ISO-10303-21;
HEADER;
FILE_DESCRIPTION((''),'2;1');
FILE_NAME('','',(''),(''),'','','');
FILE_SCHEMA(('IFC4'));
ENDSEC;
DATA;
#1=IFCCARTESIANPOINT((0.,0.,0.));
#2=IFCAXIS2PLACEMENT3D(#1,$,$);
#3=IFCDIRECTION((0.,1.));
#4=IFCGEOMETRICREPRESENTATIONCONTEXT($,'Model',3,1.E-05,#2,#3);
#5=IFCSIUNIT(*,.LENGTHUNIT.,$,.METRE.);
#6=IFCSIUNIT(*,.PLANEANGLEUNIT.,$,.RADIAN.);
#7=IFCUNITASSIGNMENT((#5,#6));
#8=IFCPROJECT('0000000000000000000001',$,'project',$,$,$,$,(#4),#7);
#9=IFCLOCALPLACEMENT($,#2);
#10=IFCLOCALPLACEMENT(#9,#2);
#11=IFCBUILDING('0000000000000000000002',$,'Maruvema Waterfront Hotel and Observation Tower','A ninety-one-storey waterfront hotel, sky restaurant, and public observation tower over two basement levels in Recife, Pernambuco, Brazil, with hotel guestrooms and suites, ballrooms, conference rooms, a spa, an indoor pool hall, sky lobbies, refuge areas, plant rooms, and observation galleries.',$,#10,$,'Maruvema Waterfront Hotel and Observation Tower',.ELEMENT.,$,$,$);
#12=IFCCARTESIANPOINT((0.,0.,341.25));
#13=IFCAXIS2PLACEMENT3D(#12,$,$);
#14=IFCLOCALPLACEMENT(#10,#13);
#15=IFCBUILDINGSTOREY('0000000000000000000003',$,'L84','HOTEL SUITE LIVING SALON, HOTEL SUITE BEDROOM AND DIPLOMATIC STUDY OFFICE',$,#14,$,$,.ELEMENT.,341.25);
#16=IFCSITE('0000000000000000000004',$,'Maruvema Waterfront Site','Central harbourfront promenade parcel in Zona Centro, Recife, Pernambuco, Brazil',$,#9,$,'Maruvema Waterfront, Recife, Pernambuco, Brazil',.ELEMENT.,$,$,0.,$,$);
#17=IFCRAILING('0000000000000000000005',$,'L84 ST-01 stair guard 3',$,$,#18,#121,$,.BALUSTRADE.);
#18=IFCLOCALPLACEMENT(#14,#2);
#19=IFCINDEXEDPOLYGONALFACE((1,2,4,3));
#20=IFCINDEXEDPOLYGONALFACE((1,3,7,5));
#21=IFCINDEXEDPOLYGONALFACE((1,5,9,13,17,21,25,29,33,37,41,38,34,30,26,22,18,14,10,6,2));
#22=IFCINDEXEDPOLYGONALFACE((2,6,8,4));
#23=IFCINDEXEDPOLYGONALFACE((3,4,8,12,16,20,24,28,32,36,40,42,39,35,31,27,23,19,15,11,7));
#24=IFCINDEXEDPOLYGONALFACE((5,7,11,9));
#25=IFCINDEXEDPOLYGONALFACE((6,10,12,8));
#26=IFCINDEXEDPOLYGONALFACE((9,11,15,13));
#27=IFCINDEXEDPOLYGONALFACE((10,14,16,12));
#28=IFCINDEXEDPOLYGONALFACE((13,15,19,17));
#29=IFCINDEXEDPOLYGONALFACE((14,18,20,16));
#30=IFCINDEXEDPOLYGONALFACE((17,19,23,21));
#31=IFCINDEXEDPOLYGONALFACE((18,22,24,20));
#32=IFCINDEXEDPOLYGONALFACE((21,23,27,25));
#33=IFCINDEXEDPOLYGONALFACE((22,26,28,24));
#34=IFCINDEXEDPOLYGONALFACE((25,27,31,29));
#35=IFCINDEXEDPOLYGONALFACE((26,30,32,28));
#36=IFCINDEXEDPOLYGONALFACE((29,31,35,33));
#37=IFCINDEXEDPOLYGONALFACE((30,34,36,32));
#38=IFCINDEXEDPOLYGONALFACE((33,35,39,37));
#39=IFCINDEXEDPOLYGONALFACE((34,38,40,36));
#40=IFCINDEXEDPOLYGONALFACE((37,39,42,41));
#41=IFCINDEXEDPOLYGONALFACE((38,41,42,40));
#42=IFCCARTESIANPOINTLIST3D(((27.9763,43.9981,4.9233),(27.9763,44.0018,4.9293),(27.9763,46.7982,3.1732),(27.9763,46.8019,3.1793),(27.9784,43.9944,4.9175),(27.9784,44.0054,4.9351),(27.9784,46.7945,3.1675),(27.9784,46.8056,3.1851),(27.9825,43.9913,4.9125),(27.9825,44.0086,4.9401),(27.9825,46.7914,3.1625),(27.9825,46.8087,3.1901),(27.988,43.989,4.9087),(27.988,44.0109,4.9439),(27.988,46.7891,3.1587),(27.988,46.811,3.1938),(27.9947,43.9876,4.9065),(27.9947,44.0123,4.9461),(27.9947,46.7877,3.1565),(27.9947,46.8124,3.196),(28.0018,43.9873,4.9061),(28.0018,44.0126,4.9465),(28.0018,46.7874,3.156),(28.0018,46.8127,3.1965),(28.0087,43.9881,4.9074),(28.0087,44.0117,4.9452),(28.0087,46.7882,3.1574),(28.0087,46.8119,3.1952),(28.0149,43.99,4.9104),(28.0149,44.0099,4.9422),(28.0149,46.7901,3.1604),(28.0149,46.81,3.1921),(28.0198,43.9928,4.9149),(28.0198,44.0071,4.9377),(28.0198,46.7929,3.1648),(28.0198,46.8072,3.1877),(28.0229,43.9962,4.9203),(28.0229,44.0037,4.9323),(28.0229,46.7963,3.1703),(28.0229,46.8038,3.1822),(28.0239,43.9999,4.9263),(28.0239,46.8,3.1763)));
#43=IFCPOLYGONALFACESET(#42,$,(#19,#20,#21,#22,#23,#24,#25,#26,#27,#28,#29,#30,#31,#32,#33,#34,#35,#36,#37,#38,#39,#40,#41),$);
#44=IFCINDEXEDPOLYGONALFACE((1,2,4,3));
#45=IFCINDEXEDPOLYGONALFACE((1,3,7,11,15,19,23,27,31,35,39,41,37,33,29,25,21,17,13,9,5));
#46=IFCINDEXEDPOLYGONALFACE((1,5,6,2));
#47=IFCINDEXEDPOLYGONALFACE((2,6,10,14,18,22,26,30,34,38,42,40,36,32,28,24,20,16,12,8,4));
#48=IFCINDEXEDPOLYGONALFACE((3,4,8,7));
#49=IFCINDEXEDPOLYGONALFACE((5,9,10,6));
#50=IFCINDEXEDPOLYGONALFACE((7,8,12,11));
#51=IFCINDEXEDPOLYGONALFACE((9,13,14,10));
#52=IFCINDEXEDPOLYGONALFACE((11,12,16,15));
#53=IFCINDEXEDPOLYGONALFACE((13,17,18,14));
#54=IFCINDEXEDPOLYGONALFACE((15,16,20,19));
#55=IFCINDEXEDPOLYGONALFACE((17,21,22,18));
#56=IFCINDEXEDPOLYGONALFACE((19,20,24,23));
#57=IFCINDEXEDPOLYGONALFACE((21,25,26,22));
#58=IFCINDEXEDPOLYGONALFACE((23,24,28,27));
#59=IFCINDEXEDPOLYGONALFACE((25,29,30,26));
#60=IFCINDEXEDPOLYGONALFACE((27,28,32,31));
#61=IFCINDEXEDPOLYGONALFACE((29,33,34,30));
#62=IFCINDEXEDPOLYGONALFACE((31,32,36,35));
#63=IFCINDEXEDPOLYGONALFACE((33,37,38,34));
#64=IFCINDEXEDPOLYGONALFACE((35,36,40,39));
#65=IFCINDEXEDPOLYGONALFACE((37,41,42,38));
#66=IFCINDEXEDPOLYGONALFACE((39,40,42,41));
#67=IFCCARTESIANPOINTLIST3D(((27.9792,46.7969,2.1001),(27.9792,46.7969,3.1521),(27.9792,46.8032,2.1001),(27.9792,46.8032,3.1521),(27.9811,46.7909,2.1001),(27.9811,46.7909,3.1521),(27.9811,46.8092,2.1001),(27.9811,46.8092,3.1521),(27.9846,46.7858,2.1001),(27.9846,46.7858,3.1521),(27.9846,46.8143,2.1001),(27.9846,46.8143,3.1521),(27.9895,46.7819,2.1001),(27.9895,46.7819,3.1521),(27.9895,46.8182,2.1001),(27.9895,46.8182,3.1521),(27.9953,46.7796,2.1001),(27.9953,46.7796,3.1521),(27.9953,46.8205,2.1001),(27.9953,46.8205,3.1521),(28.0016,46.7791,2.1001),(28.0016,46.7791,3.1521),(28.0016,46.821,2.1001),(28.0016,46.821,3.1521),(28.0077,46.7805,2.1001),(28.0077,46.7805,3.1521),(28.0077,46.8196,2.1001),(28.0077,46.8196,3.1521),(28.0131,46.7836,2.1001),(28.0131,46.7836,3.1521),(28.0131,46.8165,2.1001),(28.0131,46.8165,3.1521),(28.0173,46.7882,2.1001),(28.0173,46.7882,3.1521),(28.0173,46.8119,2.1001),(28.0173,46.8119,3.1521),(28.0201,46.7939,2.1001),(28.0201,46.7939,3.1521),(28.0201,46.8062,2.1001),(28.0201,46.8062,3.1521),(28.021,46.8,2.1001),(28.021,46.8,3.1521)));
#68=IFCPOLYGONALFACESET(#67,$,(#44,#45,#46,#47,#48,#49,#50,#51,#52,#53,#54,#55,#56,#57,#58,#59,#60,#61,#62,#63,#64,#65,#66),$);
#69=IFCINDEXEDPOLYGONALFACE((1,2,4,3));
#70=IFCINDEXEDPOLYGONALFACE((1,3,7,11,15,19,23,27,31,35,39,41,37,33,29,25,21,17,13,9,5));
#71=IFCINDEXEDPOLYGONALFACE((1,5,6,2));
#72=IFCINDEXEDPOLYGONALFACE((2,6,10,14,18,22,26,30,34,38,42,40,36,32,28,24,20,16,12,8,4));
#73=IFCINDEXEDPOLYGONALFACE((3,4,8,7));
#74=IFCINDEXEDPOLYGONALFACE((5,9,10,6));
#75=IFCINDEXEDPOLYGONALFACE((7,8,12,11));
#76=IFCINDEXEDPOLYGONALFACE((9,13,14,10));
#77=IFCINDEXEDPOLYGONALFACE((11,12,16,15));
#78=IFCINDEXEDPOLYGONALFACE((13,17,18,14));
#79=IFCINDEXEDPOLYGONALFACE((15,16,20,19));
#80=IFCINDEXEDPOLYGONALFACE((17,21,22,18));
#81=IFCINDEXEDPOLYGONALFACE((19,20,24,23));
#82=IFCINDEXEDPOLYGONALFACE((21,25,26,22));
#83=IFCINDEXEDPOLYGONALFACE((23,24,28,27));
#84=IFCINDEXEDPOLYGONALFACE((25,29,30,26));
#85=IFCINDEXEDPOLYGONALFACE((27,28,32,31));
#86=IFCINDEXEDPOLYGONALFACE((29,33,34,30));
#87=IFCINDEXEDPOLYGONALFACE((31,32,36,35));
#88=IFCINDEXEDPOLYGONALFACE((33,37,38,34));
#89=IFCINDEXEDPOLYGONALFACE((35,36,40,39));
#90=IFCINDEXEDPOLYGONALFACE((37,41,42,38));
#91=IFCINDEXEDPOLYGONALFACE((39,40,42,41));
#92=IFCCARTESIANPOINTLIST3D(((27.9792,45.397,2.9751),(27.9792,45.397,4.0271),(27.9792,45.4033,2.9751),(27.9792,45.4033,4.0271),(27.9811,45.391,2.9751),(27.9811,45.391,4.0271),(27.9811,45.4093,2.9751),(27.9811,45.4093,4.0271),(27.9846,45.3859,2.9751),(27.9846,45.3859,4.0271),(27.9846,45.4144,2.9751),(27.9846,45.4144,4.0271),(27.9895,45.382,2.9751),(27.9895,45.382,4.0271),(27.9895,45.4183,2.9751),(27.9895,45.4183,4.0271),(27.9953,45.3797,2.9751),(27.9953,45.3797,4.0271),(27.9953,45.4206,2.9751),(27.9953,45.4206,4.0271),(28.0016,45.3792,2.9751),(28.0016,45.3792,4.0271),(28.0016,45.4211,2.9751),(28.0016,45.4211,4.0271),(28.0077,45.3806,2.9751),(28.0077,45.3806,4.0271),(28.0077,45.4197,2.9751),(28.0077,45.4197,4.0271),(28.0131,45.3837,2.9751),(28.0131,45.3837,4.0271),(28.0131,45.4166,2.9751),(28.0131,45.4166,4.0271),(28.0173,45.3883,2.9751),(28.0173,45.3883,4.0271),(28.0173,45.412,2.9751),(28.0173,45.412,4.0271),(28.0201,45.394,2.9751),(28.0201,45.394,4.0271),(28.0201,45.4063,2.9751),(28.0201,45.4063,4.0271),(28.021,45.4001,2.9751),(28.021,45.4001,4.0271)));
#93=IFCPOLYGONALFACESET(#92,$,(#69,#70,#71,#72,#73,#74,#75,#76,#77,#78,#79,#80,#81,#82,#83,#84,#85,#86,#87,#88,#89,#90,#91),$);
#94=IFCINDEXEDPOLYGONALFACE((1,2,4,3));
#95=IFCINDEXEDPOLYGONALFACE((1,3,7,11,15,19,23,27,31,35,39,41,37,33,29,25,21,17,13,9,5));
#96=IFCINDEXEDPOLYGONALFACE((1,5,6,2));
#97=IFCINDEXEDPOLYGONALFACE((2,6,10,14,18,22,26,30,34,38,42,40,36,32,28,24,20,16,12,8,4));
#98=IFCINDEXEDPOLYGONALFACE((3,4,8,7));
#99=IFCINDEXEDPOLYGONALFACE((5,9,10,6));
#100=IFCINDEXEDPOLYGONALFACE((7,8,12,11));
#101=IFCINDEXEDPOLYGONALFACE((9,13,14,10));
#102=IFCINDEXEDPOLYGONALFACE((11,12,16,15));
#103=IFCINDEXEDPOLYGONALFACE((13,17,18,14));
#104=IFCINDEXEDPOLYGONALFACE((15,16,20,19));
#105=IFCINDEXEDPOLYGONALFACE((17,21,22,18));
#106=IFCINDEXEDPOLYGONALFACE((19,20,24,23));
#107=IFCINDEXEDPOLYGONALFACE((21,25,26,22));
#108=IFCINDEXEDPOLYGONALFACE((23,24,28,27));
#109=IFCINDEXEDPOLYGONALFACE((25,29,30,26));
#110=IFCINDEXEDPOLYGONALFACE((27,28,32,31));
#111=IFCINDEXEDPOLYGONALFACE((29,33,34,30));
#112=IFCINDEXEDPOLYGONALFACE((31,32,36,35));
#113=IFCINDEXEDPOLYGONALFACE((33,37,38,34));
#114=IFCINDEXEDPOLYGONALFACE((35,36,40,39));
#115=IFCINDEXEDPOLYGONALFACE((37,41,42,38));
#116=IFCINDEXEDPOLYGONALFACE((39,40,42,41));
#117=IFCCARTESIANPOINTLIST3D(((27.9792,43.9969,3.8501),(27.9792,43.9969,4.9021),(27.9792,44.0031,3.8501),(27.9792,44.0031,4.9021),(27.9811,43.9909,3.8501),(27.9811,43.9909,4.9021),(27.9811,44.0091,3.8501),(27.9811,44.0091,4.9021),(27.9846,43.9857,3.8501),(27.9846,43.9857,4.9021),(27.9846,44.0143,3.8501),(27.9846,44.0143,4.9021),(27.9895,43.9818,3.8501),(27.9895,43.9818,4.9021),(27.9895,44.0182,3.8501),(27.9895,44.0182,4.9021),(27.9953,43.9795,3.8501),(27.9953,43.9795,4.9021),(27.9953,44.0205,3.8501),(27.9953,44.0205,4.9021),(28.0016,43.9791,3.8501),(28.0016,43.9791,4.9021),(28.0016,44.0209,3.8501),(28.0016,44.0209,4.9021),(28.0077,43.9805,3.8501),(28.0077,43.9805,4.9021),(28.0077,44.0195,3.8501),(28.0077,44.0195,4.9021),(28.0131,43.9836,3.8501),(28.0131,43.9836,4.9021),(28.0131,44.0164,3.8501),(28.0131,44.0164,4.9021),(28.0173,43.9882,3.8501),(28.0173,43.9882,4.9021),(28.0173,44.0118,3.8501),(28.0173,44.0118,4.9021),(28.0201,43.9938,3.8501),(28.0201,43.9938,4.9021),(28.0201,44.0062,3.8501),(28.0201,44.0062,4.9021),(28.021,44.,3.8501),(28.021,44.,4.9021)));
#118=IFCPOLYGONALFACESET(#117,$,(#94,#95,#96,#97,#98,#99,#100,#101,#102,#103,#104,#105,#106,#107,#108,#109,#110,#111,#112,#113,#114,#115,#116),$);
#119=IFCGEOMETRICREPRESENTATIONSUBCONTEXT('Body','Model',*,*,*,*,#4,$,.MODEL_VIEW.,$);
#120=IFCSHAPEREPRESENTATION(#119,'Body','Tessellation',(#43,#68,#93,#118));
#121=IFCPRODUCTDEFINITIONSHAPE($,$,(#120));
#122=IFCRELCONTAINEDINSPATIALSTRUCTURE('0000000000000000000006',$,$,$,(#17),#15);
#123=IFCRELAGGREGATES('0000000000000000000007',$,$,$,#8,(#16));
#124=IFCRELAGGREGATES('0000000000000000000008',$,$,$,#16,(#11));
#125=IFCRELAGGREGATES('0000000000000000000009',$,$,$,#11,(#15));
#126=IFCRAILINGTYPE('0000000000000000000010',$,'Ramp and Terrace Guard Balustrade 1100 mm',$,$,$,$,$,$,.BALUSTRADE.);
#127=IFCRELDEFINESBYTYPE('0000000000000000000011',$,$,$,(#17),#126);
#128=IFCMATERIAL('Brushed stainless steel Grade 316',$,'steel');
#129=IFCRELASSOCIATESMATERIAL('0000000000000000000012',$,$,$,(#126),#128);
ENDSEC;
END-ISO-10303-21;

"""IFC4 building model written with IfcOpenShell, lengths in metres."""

from ifc_helpers import new_model, si_unit, direction, frame, origin, origin_2d, place, context, subcontext, project, spatial, circle, extrude, material, type_object, element, save


model = new_model("IFC4")

# Units and contexts
model_context = context("Model", 3, precision=1e-05, world=origin(), true_north=direction((0.0, 1.0)))
body_context = subcontext(model_context, "Body", "Model", "MODEL_VIEW")
ifc_project = project(units=[si_unit("LENGTHUNIT", "METRE"), si_unit("PLANEANGLEUNIT", "RADIAN")], contexts=[model_context])

# Site, building, storey
site_placement = place(None, origin())
site = spatial("IfcSite", under=ifc_project, at=site_placement, Name="Maruvema Waterfront Site", Description="Central harbourfront promenade parcel in Zona Centro, Recife, Pernambuco, Brazil", LongName="Maruvema Waterfront, Recife, Pernambuco, Brazil", CompositionType="ELEMENT", RefElevation=0.0)
building_placement = place(site_placement, origin())
building = spatial("IfcBuilding", under=site, at=building_placement, Name="Maruvema Waterfront Hotel and Observation Tower", Description="A ninety-one-storey waterfront hotel, sky restaurant, and public observation tower over two basement levels in Recife, Pernambuco, Brazil, with hotel guestrooms and suites, ballrooms, conference rooms, a spa, an indoor pool hall, sky lobbies, refuge areas, plant rooms, and observation galleries.", LongName="Maruvema Waterfront Hotel and Observation Tower", CompositionType="ELEMENT")
storey_placement = place(building_placement, frame((0.0, 0.0, 341.25)))
storey = spatial("IfcBuildingStorey", under=building, at=storey_placement, Name="L84", Description="HOTEL SUITE LIVING SALON, HOTEL SUITE BEDROOM AND DIPLOMATIC STUDY OFFICE", CompositionType="ELEMENT", Elevation=341.25)

# Railing
ifc_material_1 = material(Name="Brushed stainless steel Grade 316", Category="steel")
railing_type_1 = type_object("IfcRailingType", Name="Ramp and Terrace Guard Balustrade 1100 mm", PredefinedType="BALUSTRADE", material=ifc_material_1)
railing_1_placement = place(storey_placement, frame((28.0, 46.8, 2.1001)))
element("IfcRailing", 1, at=railing_1_placement, inside=storey, type_object=railing_type_1, Name="L84 ST-01 stair guard 3", PredefinedType="BALUSTRADE", context=body_context, shape_type="SweptSolid", body=[
    extrude(circle(Radius=0.0239, at=origin_2d()), frame((0.0, 0.0, 1.0762), z_axis=(0.0, -0.848002, 0.529992), x_axis=(1.0, 0.0, 0.0)), (0.0, 0.0, 1.0), 3.302),
    extrude(circle(Radius=0.021, at=origin_2d()), origin(), (0.0, 0.0, 1.0), 1.052),
    extrude(circle(Radius=0.021, at=origin_2d()), frame((0.0, -1.3999, 0.875)), (0.0, 0.0, 1.0), 1.052),
    extrude(circle(Radius=0.021, at=origin_2d()), frame((0.0, -2.8, 1.75)), (0.0, 0.0, 1.0), 1.052),
])

save(model, "model.ifc")
